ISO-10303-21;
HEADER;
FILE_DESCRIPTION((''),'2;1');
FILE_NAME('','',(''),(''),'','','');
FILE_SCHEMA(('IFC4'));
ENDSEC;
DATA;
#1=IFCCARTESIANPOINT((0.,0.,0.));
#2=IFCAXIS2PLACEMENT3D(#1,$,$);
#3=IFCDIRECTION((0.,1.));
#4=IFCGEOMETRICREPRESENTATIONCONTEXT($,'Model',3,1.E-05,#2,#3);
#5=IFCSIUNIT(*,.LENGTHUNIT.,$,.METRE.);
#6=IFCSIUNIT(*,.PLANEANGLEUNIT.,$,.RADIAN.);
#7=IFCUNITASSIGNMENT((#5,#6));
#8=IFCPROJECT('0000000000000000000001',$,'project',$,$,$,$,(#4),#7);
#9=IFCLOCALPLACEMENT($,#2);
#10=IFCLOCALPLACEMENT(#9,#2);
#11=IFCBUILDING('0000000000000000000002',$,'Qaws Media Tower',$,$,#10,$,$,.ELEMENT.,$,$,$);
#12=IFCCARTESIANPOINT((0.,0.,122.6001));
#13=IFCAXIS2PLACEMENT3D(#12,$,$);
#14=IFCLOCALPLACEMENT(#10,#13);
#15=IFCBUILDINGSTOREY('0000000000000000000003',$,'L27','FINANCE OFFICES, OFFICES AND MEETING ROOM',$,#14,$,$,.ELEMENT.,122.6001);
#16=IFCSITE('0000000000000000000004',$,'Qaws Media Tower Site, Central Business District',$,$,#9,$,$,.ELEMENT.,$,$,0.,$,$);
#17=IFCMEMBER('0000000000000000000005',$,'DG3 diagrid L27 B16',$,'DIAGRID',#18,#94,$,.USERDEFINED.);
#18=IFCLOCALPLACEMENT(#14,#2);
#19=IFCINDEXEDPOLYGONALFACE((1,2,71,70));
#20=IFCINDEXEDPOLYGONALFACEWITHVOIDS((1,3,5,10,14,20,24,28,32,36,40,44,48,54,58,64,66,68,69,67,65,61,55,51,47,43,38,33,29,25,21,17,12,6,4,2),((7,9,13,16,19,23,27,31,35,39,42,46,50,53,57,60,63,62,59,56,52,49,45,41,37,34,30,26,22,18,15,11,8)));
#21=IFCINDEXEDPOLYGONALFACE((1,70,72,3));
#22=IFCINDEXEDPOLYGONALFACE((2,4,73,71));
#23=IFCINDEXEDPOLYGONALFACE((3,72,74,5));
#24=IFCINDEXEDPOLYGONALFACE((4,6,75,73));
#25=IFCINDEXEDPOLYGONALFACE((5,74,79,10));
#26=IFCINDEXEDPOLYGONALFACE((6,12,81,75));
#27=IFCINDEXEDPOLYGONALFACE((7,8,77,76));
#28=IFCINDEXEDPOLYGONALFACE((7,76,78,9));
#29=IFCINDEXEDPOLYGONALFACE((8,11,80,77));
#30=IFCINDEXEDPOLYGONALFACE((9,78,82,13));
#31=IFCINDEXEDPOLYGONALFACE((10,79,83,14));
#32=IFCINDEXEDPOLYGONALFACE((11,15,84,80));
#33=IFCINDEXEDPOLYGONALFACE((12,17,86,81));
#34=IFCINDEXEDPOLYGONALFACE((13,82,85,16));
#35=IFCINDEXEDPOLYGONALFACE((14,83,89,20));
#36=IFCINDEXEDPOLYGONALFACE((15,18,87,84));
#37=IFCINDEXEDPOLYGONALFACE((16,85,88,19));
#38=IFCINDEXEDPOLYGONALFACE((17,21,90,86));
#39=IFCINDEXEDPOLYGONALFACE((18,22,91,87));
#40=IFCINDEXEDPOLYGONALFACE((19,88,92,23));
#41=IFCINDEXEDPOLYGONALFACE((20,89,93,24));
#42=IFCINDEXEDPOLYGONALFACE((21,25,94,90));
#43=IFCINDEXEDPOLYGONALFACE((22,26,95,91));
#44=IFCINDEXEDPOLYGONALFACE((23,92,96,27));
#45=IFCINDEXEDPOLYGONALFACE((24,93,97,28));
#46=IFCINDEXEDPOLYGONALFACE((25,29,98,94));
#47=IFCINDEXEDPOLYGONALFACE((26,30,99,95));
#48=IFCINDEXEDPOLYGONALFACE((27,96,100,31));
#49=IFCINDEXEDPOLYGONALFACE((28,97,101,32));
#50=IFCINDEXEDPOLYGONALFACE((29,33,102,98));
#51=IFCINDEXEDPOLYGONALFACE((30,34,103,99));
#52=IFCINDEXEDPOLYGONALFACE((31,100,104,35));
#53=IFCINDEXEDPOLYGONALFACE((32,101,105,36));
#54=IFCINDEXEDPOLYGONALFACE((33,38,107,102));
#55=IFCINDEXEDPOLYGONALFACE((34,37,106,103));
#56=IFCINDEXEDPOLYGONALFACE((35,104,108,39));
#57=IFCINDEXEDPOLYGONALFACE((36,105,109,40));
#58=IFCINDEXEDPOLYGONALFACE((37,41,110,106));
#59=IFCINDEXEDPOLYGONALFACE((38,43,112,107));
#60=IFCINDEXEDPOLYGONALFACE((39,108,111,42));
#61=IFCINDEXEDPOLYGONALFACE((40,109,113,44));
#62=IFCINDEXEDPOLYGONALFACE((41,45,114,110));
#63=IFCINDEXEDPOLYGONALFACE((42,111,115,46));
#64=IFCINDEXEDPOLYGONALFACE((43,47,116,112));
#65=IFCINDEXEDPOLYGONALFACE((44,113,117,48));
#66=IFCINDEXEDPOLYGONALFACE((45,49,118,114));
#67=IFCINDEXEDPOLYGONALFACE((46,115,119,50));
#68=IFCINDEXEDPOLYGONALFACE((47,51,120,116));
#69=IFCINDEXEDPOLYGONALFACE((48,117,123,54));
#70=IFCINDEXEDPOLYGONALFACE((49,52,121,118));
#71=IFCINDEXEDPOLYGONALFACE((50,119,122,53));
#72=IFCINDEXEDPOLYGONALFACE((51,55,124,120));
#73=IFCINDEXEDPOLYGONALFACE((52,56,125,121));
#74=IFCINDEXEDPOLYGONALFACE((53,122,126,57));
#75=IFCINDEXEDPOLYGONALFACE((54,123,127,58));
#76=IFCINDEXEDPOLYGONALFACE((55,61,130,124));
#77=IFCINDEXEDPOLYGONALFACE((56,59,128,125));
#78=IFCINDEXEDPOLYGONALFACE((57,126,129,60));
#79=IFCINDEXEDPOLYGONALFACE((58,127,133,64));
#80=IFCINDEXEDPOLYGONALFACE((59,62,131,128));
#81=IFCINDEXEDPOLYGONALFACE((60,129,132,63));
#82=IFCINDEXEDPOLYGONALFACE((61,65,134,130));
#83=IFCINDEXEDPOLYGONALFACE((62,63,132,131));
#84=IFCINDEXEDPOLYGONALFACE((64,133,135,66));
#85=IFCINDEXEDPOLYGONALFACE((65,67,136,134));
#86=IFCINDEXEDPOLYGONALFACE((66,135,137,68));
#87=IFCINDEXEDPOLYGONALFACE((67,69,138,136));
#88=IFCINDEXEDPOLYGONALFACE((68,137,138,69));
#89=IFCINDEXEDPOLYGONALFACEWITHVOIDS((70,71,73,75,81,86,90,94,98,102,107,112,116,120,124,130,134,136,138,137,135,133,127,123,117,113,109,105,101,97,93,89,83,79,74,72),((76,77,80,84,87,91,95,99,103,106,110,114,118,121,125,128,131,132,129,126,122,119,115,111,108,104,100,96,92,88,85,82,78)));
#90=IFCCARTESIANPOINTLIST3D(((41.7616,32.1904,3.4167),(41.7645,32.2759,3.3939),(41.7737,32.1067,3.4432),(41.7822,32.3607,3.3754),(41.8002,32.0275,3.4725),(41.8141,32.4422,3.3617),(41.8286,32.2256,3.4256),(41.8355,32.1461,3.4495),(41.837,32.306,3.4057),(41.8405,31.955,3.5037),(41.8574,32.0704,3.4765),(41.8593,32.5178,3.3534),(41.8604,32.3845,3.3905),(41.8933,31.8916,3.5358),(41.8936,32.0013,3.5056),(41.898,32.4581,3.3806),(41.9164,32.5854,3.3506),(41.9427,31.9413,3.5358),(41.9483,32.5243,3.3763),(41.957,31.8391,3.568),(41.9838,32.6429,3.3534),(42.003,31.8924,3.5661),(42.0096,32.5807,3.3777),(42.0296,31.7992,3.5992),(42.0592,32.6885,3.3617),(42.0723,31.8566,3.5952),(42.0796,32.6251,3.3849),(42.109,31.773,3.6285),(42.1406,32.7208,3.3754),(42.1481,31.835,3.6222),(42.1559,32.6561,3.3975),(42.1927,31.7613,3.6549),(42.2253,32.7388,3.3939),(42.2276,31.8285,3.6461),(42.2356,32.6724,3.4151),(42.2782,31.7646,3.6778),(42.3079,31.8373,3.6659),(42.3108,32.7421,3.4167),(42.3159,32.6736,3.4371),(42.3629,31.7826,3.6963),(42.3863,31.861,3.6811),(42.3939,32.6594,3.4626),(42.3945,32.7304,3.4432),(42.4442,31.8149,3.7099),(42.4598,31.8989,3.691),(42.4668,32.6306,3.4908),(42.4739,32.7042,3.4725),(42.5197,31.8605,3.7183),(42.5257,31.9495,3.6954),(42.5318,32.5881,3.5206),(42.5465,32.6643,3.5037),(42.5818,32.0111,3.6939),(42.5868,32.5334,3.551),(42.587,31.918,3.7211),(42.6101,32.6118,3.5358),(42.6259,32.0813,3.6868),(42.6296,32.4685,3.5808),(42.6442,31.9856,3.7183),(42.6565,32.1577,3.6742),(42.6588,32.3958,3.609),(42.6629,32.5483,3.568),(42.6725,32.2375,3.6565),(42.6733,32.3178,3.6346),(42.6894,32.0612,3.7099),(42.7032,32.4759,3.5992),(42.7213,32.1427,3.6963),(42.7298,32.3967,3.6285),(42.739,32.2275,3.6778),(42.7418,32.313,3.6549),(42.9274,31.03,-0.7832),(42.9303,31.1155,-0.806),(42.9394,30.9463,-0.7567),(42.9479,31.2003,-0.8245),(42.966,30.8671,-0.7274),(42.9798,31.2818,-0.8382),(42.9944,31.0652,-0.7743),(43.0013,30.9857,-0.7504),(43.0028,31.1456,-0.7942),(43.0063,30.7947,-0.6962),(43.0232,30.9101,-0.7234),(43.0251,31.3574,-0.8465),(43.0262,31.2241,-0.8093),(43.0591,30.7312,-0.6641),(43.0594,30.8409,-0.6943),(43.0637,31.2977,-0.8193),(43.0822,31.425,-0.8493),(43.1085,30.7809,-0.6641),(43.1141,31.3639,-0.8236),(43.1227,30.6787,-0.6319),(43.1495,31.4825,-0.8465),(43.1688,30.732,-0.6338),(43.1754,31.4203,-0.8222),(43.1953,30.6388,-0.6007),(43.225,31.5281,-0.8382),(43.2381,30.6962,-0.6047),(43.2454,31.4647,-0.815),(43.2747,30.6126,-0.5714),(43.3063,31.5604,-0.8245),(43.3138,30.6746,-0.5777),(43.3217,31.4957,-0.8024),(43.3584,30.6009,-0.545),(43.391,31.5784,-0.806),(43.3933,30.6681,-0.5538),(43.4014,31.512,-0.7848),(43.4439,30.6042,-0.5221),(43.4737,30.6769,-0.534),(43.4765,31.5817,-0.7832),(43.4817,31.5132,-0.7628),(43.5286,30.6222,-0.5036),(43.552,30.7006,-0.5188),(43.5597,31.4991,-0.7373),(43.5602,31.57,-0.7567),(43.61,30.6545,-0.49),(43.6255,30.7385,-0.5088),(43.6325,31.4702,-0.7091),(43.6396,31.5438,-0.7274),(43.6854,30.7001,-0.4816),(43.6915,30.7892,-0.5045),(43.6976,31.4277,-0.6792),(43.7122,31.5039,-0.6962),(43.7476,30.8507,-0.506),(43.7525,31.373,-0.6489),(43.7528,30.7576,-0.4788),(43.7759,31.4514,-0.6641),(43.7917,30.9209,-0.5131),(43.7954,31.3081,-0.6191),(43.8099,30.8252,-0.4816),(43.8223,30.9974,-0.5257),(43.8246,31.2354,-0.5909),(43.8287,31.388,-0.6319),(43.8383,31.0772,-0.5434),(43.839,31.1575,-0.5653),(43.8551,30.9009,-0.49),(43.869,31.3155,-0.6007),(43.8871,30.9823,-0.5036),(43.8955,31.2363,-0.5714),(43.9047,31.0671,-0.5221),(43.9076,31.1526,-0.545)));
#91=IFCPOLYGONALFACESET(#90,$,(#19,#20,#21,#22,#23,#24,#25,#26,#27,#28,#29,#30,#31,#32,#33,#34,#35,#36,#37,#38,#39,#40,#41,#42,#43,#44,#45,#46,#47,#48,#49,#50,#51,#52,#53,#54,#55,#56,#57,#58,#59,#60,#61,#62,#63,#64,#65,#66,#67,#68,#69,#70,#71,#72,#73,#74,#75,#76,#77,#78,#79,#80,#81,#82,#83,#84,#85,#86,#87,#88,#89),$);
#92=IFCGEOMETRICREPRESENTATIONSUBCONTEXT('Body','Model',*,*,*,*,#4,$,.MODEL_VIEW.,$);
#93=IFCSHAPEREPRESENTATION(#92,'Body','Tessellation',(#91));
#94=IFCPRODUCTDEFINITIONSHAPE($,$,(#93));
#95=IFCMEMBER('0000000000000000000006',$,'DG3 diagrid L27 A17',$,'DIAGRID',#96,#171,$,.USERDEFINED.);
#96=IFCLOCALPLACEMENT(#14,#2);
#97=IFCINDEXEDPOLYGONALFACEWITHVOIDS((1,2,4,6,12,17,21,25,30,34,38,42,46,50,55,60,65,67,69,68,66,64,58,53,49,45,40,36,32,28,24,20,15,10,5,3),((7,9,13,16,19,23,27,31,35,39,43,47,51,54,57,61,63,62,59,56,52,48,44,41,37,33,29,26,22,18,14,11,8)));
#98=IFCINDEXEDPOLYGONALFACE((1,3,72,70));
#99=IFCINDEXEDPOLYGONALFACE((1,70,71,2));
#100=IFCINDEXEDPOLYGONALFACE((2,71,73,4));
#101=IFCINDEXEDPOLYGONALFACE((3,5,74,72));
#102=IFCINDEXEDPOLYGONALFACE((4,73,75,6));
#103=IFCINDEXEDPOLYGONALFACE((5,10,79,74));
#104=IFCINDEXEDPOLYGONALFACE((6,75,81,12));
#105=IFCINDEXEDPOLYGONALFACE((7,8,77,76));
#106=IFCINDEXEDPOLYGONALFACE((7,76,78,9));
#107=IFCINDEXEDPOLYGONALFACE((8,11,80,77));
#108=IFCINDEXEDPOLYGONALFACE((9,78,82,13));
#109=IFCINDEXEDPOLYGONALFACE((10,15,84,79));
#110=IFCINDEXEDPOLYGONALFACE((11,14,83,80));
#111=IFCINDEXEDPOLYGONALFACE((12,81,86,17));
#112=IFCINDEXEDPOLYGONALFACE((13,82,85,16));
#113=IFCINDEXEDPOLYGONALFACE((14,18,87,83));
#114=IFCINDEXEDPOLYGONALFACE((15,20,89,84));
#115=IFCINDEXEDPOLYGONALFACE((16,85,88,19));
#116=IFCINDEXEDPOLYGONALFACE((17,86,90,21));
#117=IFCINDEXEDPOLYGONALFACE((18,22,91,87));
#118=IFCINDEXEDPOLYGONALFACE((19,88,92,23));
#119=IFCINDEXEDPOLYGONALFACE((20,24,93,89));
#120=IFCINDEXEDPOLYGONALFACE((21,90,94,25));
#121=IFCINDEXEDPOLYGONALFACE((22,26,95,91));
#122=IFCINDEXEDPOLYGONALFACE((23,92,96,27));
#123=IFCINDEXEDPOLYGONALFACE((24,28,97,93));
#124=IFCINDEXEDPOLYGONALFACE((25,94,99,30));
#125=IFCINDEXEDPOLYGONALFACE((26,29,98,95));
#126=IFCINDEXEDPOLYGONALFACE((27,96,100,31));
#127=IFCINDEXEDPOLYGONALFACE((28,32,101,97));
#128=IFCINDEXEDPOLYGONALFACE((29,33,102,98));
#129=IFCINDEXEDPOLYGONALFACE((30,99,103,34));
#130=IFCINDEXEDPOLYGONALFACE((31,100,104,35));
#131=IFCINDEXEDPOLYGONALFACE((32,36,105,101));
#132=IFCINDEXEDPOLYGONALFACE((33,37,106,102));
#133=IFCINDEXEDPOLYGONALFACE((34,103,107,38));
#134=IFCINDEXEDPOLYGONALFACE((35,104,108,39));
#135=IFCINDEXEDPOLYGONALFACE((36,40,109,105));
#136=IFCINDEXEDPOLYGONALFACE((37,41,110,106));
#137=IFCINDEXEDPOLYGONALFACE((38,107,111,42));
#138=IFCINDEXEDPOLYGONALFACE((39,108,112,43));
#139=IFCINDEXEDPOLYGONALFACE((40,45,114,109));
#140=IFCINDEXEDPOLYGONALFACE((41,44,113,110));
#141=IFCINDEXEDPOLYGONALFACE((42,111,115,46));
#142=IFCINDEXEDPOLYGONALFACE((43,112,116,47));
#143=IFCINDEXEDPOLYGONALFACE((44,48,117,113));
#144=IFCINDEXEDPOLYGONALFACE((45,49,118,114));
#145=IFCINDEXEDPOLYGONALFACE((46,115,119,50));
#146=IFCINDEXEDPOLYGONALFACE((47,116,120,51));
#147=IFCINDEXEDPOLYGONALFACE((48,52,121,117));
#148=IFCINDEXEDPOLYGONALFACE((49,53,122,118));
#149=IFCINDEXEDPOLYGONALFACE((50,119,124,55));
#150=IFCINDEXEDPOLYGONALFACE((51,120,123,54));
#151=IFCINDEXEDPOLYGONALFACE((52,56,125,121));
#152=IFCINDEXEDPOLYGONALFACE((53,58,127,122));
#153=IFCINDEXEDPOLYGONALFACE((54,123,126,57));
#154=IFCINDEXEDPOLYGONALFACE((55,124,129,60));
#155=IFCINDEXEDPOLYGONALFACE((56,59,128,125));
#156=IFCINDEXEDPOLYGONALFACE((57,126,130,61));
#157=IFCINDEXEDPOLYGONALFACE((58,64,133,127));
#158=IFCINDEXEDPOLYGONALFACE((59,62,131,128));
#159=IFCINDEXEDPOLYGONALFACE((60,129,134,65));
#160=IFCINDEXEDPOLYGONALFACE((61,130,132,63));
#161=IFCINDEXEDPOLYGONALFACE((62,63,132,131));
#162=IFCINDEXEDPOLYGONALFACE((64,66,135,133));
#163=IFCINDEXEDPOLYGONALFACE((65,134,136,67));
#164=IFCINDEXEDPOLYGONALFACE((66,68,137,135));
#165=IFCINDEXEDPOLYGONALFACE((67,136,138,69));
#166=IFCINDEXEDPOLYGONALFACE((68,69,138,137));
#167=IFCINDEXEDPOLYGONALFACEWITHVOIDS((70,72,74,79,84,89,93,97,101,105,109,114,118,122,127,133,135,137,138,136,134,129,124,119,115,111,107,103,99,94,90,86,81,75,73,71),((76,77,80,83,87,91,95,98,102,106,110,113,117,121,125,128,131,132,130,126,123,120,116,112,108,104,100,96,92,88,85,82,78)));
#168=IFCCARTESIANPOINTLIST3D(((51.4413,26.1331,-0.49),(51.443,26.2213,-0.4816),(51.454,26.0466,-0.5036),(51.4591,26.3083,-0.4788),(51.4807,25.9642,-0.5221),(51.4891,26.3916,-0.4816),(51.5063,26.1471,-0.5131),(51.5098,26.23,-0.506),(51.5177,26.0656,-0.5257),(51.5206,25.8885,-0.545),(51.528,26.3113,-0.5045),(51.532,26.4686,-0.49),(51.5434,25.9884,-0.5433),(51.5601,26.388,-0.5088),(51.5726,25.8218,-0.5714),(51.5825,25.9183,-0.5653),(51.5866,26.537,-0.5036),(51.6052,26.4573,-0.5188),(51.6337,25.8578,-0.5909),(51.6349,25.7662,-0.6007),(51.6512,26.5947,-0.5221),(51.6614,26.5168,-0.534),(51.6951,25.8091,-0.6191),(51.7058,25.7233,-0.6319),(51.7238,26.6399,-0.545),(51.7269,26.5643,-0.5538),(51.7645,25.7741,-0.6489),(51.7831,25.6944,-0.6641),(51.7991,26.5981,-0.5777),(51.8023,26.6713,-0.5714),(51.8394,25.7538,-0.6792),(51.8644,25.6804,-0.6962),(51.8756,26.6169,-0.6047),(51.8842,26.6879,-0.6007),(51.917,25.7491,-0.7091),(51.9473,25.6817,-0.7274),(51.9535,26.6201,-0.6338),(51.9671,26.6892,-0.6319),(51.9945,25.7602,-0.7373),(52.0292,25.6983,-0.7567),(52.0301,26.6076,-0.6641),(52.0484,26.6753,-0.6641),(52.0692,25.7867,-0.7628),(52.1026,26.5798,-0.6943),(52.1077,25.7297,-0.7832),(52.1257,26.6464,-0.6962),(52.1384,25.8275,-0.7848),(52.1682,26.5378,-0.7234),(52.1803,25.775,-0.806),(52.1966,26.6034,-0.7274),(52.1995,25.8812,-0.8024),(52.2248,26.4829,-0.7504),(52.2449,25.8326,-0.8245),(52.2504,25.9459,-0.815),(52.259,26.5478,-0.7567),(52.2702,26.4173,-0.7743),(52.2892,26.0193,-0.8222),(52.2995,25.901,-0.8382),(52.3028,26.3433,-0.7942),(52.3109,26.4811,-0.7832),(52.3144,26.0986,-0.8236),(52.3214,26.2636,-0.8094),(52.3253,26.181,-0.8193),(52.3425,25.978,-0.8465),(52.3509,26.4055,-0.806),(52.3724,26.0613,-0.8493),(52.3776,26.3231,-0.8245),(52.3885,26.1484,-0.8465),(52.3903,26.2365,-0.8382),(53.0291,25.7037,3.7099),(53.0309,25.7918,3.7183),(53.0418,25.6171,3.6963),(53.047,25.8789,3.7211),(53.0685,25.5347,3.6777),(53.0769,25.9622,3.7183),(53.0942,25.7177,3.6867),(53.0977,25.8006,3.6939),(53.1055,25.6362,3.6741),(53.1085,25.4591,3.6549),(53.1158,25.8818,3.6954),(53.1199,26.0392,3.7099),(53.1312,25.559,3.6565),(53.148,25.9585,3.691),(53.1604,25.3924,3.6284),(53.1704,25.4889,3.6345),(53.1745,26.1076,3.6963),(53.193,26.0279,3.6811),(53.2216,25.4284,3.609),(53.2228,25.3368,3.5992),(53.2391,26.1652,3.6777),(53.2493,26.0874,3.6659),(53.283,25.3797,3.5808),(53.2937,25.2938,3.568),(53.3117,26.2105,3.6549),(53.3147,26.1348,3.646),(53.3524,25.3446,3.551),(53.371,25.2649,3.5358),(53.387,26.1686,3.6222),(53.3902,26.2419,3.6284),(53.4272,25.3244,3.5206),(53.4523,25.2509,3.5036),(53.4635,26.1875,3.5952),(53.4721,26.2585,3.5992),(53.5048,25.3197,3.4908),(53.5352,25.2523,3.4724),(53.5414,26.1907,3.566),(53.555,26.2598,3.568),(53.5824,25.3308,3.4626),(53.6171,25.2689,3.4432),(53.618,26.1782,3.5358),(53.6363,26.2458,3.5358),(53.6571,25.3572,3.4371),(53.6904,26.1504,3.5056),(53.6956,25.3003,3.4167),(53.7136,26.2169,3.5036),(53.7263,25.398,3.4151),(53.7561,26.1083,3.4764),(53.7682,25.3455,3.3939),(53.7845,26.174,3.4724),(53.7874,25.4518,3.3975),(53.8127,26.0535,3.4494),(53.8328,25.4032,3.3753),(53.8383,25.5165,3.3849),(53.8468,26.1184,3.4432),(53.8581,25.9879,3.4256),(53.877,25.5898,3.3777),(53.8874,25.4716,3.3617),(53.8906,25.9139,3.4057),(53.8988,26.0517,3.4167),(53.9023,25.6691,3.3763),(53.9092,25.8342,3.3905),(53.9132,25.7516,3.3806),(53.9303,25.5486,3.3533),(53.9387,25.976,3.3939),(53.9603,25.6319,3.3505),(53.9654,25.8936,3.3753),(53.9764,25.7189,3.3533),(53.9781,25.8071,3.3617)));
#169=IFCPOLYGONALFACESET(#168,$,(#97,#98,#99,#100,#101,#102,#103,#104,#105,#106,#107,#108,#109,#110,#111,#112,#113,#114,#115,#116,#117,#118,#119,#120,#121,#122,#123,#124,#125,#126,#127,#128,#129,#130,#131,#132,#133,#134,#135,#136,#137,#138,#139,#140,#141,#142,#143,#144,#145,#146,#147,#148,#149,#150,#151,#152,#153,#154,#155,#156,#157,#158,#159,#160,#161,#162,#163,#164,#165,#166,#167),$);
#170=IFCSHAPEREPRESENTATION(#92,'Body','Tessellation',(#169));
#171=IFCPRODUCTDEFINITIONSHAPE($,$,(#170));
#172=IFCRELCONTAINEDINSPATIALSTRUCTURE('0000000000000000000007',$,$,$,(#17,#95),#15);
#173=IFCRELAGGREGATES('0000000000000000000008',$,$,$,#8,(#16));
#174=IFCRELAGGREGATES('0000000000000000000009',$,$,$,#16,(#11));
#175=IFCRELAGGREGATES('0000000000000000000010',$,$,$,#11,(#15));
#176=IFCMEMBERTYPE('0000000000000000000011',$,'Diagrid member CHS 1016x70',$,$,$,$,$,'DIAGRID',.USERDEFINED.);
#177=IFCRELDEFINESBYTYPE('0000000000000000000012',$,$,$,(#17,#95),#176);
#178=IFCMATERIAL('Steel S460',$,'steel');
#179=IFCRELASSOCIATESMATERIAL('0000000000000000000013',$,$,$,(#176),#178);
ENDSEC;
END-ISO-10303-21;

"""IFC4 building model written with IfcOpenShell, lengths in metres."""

from ifc_helpers import new_model, si_unit, direction, frame, origin, origin_2d, place, context, subcontext, project, spatial, hollow_circle, extrude, material, material_profile, profile_set, type_object, element, save


model = new_model("IFC4")

# Units and contexts
model_context = context("Model", 3, precision=1e-05, world=origin(), true_north=direction((0.0, 1.0)))
body_context = subcontext(model_context, "Body", "Model", "MODEL_VIEW")
ifc_project = project(units=[si_unit("LENGTHUNIT", "METRE"), si_unit("PLANEANGLEUNIT", "RADIAN")], contexts=[model_context])

# Site, building, storey
site_placement = place(None, origin())
site = spatial("IfcSite", under=ifc_project, at=site_placement, Name="Qaws Media Tower Site, Central Business District", CompositionType="ELEMENT", RefElevation=0.0)
building_placement = place(site_placement, origin())
building = spatial("IfcBuilding", under=site, at=building_placement, Name="Qaws Media Tower", CompositionType="ELEMENT")
storey_placement = place(building_placement, frame((0.0, 0.0, 122.6001)))
storey = spatial("IfcBuildingStorey", under=building, at=storey_placement, Name="L27", Description="FINANCE OFFICES, OFFICES AND MEETING ROOM", CompositionType="ELEMENT", Elevation=122.6001)

# Members
ifc_material_1 = material(Name="Steel S460", Category="steel")
ifc_material_profile_1 = material_profile(ifc_material_1, hollow_circle(Radius=0.5081, WallThickness=0.0701, at=origin_2d()), Name="CHS 1016x70")
ifc_profile_set_1 = profile_set([ifc_material_profile_1], Name="Steel S460")
member_type_1 = type_object("IfcMemberType", Name="Diagrid member CHS 1016x70", ElementType="DIAGRID", PredefinedType="USERDEFINED", material=ifc_profile_set_1)
for number, where, z_axis, x_axis, name in (
    (1, (43.4175, 31.0913, -0.6641), (-0.258454, 0.257263, 0.931138), (-0.705472, -0.708738, 0.0), "DG3 diagrid L27 B16"),
    (2, (51.9158, 26.1848, -0.6641), (0.352036, -0.095208, 0.931132), (0.26107, 0.96532, 0.0), "DG3 diagrid L27 A17"),
):
    element("IfcMember", number, at=place(storey_placement, frame(where, z_axis=z_axis, x_axis=x_axis)), inside=storey, type_object=member_type_1, Name=name, ObjectType="DIAGRID", PredefinedType="USERDEFINED", context=body_context, shape_type="SweptSolid", body=[
        extrude(hollow_circle(Radius=0.5081, WallThickness=0.0701, at=origin_2d()), origin(), (0.0, 0.0, 1.0), 4.5105),
    ])

save(model, "model.ifc")
